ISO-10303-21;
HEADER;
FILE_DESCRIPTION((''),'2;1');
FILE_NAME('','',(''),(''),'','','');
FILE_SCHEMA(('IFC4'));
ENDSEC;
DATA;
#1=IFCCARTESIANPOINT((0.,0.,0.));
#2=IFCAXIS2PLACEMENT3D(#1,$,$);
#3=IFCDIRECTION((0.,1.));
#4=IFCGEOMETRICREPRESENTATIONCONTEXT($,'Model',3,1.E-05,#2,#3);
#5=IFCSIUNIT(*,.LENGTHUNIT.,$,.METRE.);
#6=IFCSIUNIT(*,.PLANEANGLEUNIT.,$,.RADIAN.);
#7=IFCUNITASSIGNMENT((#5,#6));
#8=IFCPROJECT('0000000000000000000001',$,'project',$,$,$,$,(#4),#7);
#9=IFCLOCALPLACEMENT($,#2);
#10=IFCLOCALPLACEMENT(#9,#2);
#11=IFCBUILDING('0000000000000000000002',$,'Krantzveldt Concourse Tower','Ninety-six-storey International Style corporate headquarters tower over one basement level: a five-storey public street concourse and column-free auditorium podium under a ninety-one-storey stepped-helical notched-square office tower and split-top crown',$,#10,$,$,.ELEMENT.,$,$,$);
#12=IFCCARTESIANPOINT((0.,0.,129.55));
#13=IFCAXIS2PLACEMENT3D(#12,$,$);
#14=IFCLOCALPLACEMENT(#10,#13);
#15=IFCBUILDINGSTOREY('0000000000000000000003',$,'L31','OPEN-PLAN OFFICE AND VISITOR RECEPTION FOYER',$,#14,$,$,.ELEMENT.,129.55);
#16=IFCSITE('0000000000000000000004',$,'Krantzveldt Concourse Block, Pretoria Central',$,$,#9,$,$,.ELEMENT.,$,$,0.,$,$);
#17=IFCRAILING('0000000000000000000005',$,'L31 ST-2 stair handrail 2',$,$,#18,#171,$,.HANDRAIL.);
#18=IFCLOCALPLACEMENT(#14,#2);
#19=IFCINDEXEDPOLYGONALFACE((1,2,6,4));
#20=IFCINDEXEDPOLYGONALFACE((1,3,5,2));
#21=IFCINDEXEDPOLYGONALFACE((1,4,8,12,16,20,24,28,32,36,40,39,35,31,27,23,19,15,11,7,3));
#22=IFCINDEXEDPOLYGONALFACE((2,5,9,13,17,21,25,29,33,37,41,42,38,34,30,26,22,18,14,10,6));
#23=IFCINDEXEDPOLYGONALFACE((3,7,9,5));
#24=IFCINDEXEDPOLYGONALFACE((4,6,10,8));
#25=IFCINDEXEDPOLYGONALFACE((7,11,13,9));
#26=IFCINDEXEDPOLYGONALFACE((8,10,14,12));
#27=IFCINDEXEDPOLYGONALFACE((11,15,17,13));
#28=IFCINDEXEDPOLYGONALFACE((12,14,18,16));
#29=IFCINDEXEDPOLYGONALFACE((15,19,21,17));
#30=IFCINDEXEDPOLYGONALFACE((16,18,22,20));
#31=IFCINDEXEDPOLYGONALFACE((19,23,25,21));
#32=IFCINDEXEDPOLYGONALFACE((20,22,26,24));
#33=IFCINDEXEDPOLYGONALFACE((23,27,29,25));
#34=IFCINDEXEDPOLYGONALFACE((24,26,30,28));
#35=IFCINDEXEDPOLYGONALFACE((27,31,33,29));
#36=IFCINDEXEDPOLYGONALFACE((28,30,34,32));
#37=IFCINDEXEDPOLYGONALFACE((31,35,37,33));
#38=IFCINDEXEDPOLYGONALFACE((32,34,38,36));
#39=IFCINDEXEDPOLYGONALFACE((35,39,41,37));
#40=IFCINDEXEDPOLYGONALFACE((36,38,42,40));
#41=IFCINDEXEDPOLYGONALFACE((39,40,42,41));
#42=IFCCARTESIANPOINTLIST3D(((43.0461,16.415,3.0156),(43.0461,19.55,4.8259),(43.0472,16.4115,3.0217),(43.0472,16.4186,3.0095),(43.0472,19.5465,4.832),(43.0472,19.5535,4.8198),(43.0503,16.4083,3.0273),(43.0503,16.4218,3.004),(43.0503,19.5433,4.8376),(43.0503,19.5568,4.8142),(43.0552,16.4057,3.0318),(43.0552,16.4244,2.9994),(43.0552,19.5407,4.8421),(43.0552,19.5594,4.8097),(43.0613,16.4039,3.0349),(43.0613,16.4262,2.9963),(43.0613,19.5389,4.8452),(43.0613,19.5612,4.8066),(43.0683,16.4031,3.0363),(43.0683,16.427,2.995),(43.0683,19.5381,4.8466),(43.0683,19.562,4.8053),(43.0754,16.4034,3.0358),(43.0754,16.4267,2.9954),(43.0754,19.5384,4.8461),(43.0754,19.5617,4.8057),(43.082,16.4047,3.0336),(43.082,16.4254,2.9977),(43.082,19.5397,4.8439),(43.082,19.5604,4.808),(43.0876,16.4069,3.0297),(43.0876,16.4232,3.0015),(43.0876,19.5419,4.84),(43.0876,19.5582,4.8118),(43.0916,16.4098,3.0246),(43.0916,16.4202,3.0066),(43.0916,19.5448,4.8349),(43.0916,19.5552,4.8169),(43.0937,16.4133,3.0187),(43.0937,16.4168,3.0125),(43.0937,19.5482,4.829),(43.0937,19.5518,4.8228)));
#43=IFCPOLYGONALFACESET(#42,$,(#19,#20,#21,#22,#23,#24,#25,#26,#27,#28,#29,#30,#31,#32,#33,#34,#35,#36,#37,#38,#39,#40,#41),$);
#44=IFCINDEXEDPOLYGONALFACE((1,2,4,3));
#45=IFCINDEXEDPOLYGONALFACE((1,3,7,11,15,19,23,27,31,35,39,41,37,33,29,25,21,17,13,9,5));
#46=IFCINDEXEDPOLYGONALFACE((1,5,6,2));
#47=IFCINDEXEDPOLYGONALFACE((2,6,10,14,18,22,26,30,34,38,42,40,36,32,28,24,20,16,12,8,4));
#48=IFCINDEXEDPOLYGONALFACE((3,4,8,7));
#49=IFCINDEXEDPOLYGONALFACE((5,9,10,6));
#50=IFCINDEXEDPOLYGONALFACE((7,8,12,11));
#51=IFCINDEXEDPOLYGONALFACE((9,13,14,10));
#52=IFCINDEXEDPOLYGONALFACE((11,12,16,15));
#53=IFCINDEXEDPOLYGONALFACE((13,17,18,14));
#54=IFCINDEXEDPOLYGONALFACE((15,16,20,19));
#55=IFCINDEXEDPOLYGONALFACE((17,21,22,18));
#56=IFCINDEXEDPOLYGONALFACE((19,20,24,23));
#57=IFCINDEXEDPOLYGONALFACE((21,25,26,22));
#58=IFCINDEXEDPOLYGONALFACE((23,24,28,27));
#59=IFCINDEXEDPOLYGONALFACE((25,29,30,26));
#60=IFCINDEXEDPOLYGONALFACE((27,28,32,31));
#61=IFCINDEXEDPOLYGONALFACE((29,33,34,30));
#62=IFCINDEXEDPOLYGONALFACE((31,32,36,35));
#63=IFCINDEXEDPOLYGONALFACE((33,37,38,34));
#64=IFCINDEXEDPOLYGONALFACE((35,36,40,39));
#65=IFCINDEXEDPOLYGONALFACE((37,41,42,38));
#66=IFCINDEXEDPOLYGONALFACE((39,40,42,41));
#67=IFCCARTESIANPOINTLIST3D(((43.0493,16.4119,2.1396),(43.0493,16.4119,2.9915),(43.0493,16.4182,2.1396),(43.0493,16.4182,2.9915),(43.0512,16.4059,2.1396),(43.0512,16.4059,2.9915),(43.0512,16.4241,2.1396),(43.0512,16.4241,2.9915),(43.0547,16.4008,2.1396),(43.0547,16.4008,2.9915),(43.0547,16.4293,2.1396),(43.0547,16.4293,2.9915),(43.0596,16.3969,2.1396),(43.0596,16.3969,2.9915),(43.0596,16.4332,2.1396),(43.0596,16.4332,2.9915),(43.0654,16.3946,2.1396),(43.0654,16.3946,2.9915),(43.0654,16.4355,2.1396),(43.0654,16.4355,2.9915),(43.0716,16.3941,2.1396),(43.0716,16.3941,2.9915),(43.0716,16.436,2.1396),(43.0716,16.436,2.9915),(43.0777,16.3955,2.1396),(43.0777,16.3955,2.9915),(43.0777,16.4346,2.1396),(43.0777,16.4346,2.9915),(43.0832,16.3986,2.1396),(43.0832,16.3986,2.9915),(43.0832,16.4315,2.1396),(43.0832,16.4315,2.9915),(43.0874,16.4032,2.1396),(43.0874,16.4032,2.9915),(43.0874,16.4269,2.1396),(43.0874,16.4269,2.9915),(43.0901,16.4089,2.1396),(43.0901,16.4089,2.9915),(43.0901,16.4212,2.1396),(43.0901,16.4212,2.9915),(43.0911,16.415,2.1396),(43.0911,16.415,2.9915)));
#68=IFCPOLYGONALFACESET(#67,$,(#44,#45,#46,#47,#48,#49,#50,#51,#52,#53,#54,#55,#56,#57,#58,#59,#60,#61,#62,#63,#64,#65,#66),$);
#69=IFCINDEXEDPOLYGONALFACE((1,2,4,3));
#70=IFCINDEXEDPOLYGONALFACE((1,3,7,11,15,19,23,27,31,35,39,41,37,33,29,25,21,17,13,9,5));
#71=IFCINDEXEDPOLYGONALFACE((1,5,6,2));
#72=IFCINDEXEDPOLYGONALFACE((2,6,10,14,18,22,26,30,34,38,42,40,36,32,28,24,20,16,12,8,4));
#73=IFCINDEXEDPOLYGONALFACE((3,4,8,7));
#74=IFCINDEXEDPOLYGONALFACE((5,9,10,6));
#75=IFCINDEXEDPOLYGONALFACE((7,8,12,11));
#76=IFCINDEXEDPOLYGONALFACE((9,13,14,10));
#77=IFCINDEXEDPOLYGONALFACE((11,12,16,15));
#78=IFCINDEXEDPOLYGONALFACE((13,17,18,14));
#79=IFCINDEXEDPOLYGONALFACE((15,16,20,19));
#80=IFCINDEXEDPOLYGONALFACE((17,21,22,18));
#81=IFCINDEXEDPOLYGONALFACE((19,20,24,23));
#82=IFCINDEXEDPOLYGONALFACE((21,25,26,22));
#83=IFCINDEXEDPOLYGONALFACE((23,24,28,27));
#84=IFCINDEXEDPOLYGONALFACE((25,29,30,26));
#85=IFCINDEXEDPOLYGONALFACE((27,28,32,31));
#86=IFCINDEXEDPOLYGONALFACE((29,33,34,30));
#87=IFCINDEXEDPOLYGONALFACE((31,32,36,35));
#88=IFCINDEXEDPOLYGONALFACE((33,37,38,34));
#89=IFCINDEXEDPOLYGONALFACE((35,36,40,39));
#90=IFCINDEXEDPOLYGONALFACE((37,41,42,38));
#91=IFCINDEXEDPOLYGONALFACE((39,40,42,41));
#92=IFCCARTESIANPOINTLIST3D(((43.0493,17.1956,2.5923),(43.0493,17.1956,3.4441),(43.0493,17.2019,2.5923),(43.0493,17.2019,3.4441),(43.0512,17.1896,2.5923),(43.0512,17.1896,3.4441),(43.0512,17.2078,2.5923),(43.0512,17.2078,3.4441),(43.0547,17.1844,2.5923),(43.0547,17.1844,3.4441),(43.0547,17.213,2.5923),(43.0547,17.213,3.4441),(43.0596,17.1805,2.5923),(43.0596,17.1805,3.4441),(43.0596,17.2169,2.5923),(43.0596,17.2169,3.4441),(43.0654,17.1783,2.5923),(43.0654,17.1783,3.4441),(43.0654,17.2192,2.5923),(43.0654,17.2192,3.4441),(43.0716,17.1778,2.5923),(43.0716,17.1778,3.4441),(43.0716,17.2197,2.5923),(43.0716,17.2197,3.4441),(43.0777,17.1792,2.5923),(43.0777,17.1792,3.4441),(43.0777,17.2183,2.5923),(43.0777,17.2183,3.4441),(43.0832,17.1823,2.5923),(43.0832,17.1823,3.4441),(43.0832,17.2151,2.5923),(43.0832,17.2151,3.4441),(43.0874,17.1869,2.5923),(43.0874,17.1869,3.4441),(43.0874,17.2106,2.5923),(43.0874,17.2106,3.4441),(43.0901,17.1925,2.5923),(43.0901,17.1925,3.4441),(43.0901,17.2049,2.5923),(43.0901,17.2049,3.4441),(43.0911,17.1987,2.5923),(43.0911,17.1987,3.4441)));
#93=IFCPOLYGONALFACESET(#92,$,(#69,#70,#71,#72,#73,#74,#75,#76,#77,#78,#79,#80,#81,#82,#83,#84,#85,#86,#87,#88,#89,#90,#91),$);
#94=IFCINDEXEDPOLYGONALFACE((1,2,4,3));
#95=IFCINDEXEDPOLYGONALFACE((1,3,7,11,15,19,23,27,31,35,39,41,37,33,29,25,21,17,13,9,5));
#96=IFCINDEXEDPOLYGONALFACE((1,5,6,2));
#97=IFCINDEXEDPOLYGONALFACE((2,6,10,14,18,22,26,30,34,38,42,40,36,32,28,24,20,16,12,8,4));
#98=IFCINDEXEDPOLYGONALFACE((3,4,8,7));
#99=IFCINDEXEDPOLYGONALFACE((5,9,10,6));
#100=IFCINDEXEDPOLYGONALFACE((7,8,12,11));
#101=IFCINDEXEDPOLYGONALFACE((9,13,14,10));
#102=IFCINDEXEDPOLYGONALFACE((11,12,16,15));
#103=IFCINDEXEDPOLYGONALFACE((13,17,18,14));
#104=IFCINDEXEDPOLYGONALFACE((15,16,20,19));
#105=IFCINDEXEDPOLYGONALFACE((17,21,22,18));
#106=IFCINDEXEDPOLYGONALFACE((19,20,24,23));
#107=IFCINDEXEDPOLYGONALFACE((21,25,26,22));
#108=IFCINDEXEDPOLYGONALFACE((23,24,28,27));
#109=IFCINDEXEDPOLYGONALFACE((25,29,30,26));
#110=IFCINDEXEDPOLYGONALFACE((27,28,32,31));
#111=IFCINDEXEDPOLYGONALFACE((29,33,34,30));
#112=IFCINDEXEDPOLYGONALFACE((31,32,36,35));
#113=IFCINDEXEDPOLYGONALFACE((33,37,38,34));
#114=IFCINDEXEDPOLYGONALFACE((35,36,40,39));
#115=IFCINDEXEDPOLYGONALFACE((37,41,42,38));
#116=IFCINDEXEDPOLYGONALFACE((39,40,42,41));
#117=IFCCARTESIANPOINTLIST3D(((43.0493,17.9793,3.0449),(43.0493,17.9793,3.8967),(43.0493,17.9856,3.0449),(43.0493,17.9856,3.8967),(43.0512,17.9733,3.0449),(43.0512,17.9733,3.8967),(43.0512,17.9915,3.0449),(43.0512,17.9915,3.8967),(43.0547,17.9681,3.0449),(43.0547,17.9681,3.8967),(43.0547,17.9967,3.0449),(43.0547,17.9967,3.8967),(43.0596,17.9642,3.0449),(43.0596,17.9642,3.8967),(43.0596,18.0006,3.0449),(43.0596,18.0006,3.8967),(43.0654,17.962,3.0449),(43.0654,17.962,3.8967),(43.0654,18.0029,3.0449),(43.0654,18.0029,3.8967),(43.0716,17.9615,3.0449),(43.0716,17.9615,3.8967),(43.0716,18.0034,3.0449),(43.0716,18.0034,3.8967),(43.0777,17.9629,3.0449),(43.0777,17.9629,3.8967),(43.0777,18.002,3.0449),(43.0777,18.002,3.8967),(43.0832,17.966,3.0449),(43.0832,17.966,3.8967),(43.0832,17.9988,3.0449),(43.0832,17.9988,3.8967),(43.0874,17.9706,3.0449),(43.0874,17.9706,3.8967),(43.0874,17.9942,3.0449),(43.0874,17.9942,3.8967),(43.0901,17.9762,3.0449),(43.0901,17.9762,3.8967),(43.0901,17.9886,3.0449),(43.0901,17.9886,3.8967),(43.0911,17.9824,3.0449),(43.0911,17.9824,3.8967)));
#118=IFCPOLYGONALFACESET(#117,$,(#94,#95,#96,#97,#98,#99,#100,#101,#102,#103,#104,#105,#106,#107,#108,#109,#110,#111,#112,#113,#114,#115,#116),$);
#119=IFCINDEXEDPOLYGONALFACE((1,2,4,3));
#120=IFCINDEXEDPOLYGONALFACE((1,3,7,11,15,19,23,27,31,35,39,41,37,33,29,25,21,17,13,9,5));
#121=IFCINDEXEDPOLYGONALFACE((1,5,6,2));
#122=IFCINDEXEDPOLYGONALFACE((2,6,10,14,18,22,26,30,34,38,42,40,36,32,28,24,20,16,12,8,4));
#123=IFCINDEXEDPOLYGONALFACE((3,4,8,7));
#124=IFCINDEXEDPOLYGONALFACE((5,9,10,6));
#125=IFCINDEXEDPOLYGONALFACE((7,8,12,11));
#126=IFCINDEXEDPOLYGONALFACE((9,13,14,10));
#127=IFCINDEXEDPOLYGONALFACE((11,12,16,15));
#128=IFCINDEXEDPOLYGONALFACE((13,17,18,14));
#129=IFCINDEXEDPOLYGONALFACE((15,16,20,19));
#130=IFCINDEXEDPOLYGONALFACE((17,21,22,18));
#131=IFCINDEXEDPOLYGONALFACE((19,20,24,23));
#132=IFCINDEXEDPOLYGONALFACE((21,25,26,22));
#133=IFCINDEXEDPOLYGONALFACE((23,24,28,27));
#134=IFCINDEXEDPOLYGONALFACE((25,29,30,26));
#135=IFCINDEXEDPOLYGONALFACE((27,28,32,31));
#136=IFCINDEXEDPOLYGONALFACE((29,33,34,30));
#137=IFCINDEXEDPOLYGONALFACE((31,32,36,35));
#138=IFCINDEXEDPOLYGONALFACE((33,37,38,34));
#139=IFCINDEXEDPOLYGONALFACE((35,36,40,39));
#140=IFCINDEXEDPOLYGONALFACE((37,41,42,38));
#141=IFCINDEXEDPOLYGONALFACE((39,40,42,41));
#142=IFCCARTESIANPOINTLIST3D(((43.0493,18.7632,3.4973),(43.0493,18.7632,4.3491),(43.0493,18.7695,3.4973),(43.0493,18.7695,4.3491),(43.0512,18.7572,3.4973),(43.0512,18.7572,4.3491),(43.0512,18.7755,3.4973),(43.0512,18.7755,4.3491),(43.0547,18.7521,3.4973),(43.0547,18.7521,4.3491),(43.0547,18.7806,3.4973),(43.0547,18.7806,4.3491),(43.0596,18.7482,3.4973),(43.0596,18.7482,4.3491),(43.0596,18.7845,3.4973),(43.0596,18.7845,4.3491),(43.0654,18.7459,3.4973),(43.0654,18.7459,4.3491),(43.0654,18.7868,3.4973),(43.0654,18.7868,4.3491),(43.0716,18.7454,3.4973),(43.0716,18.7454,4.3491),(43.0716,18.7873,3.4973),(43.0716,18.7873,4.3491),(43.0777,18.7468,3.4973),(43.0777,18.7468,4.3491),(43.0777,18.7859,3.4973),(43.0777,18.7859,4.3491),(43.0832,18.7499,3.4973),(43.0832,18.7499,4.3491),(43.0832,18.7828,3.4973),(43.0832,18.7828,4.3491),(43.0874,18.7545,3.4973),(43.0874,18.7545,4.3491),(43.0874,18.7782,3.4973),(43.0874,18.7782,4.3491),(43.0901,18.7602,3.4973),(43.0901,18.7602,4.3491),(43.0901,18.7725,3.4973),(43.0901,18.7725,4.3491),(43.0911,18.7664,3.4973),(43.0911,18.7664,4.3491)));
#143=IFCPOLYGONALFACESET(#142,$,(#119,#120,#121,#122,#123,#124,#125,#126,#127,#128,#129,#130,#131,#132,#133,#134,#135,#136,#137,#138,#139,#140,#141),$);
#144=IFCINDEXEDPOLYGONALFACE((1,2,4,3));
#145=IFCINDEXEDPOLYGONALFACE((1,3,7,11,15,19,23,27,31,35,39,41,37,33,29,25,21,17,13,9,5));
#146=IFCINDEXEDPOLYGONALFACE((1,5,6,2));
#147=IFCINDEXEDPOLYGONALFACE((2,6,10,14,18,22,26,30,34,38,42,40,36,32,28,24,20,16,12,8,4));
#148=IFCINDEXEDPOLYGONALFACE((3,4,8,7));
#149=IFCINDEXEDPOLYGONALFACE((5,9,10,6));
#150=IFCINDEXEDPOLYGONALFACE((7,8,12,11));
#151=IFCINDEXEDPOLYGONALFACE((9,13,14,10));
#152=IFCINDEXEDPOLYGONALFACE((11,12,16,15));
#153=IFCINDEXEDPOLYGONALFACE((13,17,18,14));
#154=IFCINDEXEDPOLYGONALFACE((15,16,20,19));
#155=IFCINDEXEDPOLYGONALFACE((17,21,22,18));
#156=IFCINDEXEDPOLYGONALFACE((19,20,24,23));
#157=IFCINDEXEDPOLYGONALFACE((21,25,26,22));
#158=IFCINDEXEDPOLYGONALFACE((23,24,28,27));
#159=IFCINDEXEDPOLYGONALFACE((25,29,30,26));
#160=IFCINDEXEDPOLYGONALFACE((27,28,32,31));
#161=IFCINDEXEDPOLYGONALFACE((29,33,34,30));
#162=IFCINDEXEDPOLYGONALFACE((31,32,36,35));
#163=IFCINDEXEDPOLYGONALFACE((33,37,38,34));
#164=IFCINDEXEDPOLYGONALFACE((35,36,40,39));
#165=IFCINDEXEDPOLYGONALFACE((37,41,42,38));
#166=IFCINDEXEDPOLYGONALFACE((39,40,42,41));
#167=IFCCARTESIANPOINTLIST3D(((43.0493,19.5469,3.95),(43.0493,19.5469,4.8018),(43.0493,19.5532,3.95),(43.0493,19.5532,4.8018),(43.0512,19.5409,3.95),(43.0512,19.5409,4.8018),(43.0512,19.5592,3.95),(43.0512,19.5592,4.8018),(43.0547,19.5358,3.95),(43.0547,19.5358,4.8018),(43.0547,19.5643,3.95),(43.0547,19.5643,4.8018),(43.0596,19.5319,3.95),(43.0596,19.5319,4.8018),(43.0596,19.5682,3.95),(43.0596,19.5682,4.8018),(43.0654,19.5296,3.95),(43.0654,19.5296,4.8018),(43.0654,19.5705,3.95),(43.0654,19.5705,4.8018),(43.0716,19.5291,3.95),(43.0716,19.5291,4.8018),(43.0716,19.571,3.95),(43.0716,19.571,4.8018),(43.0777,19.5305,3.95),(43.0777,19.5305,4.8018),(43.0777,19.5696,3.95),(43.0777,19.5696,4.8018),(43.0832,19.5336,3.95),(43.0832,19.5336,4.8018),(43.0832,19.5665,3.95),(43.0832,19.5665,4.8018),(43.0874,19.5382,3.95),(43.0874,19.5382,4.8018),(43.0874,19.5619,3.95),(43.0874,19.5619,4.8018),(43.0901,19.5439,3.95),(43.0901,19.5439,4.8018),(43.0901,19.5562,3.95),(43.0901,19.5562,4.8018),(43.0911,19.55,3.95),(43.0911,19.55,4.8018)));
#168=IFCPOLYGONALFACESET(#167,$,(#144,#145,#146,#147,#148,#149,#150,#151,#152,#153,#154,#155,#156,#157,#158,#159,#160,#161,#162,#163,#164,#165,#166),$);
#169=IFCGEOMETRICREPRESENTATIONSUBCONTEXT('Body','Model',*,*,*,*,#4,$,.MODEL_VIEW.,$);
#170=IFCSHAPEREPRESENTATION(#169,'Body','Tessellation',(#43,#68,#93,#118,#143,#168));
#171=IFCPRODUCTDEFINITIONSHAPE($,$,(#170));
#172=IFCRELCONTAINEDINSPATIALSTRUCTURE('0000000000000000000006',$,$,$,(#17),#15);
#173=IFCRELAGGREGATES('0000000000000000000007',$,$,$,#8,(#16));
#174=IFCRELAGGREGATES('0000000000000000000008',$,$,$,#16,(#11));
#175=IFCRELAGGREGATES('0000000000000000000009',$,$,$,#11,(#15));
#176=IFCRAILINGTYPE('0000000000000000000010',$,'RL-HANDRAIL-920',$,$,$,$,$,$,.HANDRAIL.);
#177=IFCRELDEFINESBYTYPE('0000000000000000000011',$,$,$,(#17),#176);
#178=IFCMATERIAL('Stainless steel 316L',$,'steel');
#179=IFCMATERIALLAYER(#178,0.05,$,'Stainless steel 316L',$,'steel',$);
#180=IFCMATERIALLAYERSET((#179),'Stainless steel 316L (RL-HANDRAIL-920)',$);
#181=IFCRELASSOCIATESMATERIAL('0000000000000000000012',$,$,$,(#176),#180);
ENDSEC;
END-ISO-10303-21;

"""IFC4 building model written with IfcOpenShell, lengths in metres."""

from ifc_helpers import new_model, si_unit, direction, frame, origin, origin_2d, place, context, subcontext, project, spatial, circle, extrude, material, layer, layer_set, type_object, element, save


model = new_model("IFC4")

# Units and contexts
model_context = context("Model", 3, precision=1e-05, world=origin(), true_north=direction((0.0, 1.0)))
body_context = subcontext(model_context, "Body", "Model", "MODEL_VIEW")
ifc_project = project(units=[si_unit("LENGTHUNIT", "METRE"), si_unit("PLANEANGLEUNIT", "RADIAN")], contexts=[model_context])

# Site, building, storey
site_placement = place(None, origin())
site = spatial("IfcSite", under=ifc_project, at=site_placement, Name="Krantzveldt Concourse Block, Pretoria Central", CompositionType="ELEMENT", RefElevation=0.0)
building_placement = place(site_placement, origin())
building = spatial("IfcBuilding", under=site, at=building_placement, Name="Krantzveldt Concourse Tower", Description="Ninety-six-storey International Style corporate headquarters tower over one basement level: a five-storey public street concourse and column-free auditorium podium under a ninety-one-storey stepped-helical notched-square office tower and split-top crown", CompositionType="ELEMENT")
storey_placement = place(building_placement, frame((0.0, 0.0, 129.55)))
storey = spatial("IfcBuildingStorey", under=building, at=storey_placement, Name="L31", Description="OPEN-PLAN OFFICE AND VISITOR RECEPTION FOYER", CompositionType="ELEMENT", Elevation=129.55)

# Shared definitions
ifc_material_1 = material(Name="Stainless steel 316L", Category="steel")

# Railing
ifc_layer_1 = layer(ifc_material_1, 0.05, Name="Stainless steel 316L", Category="steel")
ifc_layer_set_1 = layer_set([ifc_layer_1], Name="Stainless steel 316L (RL-HANDRAIL-920)")
railing_type_1 = type_object("IfcRailingType", Name="RL-HANDRAIL-920", PredefinedType="HANDRAIL", material=ifc_layer_set_1)
railing_1_placement = place(storey_placement, frame((43.0701, 16.415, 2.1396)))
element("IfcRailing", 1, at=railing_1_placement, inside=storey, type_object=railing_type_1, Name="L31 ST-2 stair handrail 2", PredefinedType="HANDRAIL", context=body_context, shape_type="SweptSolid", body=[
    extrude(circle(Radius=0.0239, at=origin_2d()), frame((0.0, 0.0, 0.876), z_axis=(0.0, 0.865989, 0.500063), x_axis=(-1.0, 0.0, 0.0)), (0.0, 0.0, 1.0), 3.6201),
    extrude(circle(Radius=0.021, at=origin_2d()), origin(), (0.0, 0.0, 1.0), 0.8518),
    extrude(circle(Radius=0.021, at=origin_2d()), frame((0.0, 0.7837, 0.4526)), (0.0, 0.0, 1.0), 0.8518),
    extrude(circle(Radius=0.021, at=origin_2d()), frame((0.0, 1.5674, 0.9053)), (0.0, 0.0, 1.0), 0.8518),
    extrude(circle(Radius=0.021, at=origin_2d()), frame((0.0, 2.3513, 1.3577)), (0.0, 0.0, 1.0), 0.8518),
    extrude(circle(Radius=0.021, at=origin_2d()), frame((0.0, 3.135, 1.8103)), (0.0, 0.0, 1.0), 0.8518),
])

save(model, "model.ifc")
